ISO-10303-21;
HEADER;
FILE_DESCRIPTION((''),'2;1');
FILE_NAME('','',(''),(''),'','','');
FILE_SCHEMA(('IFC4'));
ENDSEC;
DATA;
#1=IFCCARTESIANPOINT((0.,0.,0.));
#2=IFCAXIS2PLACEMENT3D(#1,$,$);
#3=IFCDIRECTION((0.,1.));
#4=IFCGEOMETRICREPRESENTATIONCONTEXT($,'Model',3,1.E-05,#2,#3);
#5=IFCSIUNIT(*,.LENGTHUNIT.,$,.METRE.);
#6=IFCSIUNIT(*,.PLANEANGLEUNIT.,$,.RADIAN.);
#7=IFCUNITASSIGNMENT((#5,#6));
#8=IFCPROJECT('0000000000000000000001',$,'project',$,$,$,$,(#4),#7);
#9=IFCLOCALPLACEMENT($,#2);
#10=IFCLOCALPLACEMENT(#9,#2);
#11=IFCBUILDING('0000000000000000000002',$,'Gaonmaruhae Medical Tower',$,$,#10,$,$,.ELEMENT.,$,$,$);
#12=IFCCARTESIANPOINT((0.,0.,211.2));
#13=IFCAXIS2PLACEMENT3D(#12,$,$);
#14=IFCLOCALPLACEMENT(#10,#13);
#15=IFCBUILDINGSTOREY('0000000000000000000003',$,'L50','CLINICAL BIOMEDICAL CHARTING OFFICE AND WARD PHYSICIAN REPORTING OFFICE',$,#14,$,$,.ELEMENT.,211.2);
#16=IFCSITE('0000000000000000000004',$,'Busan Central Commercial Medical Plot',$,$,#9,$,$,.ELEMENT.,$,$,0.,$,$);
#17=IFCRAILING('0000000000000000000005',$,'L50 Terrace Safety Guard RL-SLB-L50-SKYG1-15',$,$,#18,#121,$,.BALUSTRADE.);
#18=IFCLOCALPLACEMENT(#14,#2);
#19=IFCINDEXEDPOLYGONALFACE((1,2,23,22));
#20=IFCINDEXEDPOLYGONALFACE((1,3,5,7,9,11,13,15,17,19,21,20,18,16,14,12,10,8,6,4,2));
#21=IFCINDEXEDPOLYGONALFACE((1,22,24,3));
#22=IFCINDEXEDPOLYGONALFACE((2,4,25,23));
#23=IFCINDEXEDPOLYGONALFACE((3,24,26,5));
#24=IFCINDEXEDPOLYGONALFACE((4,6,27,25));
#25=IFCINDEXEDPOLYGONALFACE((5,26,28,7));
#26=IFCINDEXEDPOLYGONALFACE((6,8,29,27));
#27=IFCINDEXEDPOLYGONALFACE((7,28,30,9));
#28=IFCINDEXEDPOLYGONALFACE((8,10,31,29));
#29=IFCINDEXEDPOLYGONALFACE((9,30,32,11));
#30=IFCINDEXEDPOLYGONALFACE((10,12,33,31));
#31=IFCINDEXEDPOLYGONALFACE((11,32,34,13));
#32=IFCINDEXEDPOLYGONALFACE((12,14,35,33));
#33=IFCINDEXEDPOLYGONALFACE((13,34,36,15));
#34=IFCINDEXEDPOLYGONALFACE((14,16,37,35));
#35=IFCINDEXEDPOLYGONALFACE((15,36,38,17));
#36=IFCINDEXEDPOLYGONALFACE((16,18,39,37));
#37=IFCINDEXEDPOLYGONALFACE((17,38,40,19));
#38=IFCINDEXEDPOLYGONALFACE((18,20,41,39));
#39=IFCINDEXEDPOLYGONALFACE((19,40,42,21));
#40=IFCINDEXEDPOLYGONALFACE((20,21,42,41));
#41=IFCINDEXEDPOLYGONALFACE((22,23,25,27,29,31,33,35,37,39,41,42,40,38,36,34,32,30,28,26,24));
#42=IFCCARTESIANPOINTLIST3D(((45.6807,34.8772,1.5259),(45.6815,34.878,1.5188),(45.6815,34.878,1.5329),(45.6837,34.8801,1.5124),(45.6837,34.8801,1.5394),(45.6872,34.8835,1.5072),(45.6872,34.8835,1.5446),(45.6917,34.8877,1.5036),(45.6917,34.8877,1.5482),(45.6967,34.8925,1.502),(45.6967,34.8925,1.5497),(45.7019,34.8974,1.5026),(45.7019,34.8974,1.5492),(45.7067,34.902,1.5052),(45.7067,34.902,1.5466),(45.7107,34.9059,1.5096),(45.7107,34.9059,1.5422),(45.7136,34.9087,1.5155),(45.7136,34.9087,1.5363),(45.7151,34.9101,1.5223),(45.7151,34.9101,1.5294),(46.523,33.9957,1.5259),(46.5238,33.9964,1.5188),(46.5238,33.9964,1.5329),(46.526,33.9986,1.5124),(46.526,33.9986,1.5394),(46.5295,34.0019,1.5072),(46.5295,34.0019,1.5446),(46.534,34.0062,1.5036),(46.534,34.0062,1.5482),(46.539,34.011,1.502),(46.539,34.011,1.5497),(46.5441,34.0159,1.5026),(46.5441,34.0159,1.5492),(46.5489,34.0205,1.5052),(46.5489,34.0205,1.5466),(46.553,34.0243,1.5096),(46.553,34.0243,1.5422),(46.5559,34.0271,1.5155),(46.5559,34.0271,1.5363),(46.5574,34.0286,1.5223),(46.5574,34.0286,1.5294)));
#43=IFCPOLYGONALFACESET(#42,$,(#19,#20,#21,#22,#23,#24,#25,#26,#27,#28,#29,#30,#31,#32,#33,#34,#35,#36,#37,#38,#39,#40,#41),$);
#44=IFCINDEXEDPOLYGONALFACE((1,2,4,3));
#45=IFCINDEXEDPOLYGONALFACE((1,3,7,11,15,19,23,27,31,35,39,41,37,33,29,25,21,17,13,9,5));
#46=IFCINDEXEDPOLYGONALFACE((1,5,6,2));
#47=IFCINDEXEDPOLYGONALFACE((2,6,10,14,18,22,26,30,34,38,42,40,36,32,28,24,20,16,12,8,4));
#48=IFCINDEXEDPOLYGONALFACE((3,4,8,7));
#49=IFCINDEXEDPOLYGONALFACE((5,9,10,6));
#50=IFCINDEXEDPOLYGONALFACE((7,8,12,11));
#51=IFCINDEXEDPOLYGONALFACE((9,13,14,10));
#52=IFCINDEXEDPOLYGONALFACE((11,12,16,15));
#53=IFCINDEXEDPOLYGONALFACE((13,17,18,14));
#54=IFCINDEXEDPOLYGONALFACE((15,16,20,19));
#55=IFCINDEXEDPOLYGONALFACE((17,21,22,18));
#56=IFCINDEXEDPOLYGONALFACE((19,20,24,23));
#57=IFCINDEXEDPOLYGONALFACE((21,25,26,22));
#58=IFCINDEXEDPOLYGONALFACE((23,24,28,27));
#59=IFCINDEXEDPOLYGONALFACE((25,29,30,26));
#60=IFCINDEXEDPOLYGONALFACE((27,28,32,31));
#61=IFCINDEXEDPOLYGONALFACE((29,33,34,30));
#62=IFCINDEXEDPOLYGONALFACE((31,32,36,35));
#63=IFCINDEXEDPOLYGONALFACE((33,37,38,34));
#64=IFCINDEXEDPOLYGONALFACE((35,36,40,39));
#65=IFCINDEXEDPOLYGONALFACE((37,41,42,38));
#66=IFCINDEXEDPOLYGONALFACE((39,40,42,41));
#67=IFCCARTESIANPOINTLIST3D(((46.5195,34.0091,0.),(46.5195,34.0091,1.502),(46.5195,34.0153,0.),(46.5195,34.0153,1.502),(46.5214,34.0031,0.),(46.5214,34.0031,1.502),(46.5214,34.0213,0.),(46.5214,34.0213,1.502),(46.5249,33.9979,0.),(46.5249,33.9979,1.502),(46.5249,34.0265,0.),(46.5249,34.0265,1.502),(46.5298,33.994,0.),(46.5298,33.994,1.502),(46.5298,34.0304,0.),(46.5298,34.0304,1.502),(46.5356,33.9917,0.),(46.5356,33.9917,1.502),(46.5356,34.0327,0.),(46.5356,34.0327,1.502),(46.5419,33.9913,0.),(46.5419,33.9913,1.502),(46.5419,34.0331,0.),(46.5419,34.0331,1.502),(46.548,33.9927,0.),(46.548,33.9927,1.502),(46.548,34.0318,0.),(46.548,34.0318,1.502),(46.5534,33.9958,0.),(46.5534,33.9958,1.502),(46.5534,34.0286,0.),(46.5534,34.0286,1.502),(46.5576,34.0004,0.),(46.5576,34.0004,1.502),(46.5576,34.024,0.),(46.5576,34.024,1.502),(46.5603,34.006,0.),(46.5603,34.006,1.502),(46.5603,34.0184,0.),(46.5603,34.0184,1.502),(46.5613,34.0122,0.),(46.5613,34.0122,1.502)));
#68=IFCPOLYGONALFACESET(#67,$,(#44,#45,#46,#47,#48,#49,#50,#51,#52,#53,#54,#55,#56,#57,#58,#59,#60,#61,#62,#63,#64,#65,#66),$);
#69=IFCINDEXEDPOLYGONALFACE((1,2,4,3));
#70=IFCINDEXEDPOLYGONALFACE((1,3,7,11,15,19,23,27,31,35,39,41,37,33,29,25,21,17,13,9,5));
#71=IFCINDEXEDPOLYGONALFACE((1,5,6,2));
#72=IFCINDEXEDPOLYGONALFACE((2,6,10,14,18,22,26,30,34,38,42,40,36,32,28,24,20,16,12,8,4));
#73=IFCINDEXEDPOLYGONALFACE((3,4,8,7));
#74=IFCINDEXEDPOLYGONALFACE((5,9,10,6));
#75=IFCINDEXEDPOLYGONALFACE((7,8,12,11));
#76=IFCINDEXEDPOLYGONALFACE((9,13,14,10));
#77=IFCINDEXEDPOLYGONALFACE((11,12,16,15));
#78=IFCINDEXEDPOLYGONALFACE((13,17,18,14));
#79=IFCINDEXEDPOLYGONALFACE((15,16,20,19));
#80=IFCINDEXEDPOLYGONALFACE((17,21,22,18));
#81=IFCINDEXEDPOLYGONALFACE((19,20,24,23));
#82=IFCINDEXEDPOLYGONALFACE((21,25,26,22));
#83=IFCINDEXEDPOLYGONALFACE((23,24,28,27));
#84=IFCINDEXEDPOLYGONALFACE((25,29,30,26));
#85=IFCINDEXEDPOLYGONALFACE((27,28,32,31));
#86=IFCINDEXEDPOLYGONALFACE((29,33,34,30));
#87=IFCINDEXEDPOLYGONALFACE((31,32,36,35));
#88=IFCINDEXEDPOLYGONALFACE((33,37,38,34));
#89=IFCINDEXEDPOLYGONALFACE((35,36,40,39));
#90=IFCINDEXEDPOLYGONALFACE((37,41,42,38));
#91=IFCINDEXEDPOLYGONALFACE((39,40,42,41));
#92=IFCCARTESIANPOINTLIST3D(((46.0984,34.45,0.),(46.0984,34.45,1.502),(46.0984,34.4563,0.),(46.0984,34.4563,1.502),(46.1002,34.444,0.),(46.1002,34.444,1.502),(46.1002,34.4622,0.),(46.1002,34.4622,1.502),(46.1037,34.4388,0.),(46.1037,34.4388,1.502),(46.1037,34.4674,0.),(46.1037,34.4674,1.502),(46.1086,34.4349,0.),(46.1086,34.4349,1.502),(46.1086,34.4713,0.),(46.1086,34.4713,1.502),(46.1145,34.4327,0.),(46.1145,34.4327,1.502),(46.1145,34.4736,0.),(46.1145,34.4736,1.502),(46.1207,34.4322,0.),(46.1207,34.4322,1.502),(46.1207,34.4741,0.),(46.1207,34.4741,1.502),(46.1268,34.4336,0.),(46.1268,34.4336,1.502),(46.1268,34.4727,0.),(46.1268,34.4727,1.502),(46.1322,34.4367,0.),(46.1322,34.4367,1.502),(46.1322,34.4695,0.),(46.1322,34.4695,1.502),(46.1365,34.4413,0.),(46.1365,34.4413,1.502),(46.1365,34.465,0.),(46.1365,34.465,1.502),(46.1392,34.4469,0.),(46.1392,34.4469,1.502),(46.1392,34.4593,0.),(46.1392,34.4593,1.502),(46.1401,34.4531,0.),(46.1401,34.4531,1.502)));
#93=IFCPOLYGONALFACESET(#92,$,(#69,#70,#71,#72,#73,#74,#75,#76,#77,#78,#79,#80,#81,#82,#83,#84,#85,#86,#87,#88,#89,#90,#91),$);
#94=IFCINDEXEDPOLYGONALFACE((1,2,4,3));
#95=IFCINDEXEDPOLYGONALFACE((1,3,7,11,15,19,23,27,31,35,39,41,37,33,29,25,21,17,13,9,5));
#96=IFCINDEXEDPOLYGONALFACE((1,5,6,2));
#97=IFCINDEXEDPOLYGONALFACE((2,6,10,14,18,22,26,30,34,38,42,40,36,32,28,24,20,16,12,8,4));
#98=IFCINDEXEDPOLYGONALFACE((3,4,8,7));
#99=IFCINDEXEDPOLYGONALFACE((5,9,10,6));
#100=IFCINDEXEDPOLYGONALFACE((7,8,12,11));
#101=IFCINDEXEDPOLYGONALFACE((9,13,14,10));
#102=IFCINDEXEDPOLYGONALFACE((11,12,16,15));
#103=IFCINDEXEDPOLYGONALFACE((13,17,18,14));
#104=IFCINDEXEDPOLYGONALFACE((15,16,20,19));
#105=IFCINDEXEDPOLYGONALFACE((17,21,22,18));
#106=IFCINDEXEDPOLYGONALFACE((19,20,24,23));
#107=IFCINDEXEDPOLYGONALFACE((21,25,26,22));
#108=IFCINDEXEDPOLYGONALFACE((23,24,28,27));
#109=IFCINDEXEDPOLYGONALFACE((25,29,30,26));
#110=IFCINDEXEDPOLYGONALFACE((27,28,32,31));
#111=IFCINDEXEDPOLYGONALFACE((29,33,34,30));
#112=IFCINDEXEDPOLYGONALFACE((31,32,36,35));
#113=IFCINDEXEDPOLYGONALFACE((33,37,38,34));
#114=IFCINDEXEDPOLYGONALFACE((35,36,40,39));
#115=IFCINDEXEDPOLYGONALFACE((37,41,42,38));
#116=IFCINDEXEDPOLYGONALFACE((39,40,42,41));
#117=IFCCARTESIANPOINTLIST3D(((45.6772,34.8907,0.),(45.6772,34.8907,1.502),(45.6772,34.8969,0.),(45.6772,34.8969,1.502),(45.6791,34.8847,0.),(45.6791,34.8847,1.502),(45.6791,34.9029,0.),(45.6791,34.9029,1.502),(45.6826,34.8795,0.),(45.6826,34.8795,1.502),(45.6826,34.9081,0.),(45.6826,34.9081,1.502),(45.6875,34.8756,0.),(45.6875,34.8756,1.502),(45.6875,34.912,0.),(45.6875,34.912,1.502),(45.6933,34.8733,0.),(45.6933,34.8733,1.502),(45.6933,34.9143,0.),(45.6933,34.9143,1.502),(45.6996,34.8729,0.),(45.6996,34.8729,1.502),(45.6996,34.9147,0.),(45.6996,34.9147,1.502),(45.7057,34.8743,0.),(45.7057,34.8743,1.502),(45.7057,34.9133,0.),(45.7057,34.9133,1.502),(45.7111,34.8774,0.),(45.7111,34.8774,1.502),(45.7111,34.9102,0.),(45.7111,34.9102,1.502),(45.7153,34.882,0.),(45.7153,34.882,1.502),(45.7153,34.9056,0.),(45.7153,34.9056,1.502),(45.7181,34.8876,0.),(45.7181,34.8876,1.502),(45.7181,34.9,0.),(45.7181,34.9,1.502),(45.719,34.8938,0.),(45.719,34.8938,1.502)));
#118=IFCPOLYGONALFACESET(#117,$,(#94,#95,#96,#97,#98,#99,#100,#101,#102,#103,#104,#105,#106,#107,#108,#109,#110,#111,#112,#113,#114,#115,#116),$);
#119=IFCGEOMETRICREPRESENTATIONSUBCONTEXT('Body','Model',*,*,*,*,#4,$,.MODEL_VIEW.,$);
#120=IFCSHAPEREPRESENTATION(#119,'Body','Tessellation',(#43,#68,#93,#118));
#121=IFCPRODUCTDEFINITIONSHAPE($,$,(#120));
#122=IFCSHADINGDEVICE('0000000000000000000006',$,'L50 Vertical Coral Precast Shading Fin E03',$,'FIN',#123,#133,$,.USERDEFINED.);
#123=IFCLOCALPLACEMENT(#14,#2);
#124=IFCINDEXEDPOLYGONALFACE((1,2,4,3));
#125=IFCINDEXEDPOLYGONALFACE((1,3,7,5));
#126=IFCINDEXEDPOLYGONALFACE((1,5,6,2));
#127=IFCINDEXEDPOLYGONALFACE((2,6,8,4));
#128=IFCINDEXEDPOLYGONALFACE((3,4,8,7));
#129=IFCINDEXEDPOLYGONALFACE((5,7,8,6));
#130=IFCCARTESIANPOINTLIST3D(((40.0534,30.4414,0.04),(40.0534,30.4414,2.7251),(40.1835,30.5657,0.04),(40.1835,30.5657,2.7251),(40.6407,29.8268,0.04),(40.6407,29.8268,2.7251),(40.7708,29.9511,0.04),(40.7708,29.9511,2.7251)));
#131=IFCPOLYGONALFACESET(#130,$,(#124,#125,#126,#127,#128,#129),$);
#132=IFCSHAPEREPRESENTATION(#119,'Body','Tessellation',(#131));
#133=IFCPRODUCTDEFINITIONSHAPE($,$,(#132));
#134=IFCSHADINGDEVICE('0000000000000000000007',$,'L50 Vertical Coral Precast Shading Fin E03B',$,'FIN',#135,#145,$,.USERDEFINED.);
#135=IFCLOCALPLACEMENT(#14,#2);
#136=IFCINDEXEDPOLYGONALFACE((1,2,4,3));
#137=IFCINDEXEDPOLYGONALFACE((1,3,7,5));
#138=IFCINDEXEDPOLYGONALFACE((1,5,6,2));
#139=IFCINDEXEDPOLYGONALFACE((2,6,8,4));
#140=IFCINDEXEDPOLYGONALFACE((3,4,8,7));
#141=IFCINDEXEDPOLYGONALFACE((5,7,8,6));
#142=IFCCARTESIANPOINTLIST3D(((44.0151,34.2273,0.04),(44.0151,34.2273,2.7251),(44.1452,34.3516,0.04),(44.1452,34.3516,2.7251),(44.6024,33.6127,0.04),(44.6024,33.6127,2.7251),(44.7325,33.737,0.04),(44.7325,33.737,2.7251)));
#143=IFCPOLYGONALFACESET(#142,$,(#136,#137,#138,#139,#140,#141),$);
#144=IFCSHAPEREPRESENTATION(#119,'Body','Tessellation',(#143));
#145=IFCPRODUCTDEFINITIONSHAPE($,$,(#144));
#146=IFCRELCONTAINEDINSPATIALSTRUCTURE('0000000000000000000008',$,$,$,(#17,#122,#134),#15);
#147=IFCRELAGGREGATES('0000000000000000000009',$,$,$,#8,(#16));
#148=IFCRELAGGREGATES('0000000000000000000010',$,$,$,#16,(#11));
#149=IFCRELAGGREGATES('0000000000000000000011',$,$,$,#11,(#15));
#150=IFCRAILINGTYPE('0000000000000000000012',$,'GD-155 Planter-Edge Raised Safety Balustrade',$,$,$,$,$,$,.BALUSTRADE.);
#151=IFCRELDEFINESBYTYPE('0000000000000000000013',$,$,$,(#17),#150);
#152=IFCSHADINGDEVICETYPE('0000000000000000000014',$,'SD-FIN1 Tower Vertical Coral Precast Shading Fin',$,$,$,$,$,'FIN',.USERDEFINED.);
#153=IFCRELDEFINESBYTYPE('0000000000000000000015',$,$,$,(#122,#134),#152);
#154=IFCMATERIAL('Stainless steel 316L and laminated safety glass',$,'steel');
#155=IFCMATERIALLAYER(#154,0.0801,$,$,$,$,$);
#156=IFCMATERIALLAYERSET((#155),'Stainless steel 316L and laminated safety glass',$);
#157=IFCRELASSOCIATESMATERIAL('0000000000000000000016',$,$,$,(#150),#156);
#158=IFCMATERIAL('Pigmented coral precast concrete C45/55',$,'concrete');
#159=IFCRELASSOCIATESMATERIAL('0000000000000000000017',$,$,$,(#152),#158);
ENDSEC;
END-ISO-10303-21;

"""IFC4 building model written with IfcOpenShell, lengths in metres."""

from ifc_helpers import new_model, si_unit, direction, frame, origin, origin_2d, place, context, subcontext, project, spatial, rectangle, circle, extrude, material, layer, layer_set, type_object, element, save


model = new_model("IFC4")

# Units and contexts
model_context = context("Model", 3, precision=1e-05, world=origin(), true_north=direction((0.0, 1.0)))
body_context = subcontext(model_context, "Body", "Model", "MODEL_VIEW")
ifc_project = project(units=[si_unit("LENGTHUNIT", "METRE"), si_unit("PLANEANGLEUNIT", "RADIAN")], contexts=[model_context])

# Site, building, storey
site_placement = place(None, origin())
site = spatial("IfcSite", under=ifc_project, at=site_placement, Name="Busan Central Commercial Medical Plot", CompositionType="ELEMENT", RefElevation=0.0)
building_placement = place(site_placement, origin())
building = spatial("IfcBuilding", under=site, at=building_placement, Name="Gaonmaruhae Medical Tower", CompositionType="ELEMENT")
storey_placement = place(building_placement, frame((0.0, 0.0, 211.2)))
storey = spatial("IfcBuildingStorey", under=building, at=storey_placement, Name="L50", Description="CLINICAL BIOMEDICAL CHARTING OFFICE AND WARD PHYSICIAN REPORTING OFFICE", CompositionType="ELEMENT", Elevation=211.2)

# Railing
ifc_material_1 = material(Name="Stainless steel 316L and laminated safety glass", Category="steel")
ifc_layer_1 = layer(ifc_material_1, 0.0801)
ifc_layer_set_1 = layer_set([ifc_layer_1], Name="Stainless steel 316L and laminated safety glass")
railing_type = type_object("IfcRailingType", Name="GD-155 Planter-Edge Raised Safety Balustrade", PredefinedType="BALUSTRADE", material=ifc_layer_set_1)
railing_1_placement = place(storey_placement, frame((46.5403, 34.0122, 0.0)))
element("IfcRailing", 1, at=railing_1_placement, inside=storey, type_object=railing_type, Name="L50 Terrace Safety Guard RL-SLB-L50-SKYG1-15", PredefinedType="BALUSTRADE", context=body_context, shape_type="SweptSolid", body=[
    extrude(circle(Radius=0.0239, at=origin_2d()), frame((0.0, 0.0, 1.5259), z_axis=(-0.690804, 0.723042, 0.0), x_axis=(-0.723042, -0.690804, 0.0)), (0.0, 0.0, 1.0), 1.2192),
    extrude(circle(Radius=0.021, at=origin_2d()), origin(), (0.0, 0.0, 1.0), 1.502),
    extrude(circle(Radius=0.021, at=origin_2d()), frame((-0.4211, 0.4409, 0.0)), (0.0, 0.0, 1.0), 1.502),
    extrude(circle(Radius=0.021, at=origin_2d()), frame((-0.8423, 0.8816, 0.0)), (0.0, 0.0, 1.0), 1.502),
])

# Shading devices
ifc_material_2 = material(Name="Pigmented coral precast concrete C45/55", Category="concrete")
shading_device_type = type_object("IfcShadingDeviceType", Name="SD-FIN1 Tower Vertical Coral Precast Shading Fin", ElementType="FIN", PredefinedType="USERDEFINED", material=ifc_material_2)
for number, where, z_axis, x_axis, name in (
    (2, (40.4121, 30.1963, 0.04), (0.0, 0.0, 1.0), (0.722967, 0.690882, 0.0), "L50 Vertical Coral Precast Shading Fin E03"),
    (3, (44.3738, 33.9822, 0.04), (0.0, 0.0, 1.0), (0.722967, 0.690882, 0.0), "L50 Vertical Coral Precast Shading Fin E03B"),
):
    element("IfcShadingDevice", number, at=place(storey_placement, frame(where, z_axis=z_axis, x_axis=x_axis)), inside=storey, type_object=shading_device_type, Name=name, ObjectType="FIN", PredefinedType="USERDEFINED", context=body_context, shape_type="SweptSolid", body=[
        extrude(rectangle(XDim=0.1799, YDim=0.8501, at=origin_2d()), origin(), (0.0, 0.0, 1.0), 2.6851),
    ])

save(model, "model.ifc")
